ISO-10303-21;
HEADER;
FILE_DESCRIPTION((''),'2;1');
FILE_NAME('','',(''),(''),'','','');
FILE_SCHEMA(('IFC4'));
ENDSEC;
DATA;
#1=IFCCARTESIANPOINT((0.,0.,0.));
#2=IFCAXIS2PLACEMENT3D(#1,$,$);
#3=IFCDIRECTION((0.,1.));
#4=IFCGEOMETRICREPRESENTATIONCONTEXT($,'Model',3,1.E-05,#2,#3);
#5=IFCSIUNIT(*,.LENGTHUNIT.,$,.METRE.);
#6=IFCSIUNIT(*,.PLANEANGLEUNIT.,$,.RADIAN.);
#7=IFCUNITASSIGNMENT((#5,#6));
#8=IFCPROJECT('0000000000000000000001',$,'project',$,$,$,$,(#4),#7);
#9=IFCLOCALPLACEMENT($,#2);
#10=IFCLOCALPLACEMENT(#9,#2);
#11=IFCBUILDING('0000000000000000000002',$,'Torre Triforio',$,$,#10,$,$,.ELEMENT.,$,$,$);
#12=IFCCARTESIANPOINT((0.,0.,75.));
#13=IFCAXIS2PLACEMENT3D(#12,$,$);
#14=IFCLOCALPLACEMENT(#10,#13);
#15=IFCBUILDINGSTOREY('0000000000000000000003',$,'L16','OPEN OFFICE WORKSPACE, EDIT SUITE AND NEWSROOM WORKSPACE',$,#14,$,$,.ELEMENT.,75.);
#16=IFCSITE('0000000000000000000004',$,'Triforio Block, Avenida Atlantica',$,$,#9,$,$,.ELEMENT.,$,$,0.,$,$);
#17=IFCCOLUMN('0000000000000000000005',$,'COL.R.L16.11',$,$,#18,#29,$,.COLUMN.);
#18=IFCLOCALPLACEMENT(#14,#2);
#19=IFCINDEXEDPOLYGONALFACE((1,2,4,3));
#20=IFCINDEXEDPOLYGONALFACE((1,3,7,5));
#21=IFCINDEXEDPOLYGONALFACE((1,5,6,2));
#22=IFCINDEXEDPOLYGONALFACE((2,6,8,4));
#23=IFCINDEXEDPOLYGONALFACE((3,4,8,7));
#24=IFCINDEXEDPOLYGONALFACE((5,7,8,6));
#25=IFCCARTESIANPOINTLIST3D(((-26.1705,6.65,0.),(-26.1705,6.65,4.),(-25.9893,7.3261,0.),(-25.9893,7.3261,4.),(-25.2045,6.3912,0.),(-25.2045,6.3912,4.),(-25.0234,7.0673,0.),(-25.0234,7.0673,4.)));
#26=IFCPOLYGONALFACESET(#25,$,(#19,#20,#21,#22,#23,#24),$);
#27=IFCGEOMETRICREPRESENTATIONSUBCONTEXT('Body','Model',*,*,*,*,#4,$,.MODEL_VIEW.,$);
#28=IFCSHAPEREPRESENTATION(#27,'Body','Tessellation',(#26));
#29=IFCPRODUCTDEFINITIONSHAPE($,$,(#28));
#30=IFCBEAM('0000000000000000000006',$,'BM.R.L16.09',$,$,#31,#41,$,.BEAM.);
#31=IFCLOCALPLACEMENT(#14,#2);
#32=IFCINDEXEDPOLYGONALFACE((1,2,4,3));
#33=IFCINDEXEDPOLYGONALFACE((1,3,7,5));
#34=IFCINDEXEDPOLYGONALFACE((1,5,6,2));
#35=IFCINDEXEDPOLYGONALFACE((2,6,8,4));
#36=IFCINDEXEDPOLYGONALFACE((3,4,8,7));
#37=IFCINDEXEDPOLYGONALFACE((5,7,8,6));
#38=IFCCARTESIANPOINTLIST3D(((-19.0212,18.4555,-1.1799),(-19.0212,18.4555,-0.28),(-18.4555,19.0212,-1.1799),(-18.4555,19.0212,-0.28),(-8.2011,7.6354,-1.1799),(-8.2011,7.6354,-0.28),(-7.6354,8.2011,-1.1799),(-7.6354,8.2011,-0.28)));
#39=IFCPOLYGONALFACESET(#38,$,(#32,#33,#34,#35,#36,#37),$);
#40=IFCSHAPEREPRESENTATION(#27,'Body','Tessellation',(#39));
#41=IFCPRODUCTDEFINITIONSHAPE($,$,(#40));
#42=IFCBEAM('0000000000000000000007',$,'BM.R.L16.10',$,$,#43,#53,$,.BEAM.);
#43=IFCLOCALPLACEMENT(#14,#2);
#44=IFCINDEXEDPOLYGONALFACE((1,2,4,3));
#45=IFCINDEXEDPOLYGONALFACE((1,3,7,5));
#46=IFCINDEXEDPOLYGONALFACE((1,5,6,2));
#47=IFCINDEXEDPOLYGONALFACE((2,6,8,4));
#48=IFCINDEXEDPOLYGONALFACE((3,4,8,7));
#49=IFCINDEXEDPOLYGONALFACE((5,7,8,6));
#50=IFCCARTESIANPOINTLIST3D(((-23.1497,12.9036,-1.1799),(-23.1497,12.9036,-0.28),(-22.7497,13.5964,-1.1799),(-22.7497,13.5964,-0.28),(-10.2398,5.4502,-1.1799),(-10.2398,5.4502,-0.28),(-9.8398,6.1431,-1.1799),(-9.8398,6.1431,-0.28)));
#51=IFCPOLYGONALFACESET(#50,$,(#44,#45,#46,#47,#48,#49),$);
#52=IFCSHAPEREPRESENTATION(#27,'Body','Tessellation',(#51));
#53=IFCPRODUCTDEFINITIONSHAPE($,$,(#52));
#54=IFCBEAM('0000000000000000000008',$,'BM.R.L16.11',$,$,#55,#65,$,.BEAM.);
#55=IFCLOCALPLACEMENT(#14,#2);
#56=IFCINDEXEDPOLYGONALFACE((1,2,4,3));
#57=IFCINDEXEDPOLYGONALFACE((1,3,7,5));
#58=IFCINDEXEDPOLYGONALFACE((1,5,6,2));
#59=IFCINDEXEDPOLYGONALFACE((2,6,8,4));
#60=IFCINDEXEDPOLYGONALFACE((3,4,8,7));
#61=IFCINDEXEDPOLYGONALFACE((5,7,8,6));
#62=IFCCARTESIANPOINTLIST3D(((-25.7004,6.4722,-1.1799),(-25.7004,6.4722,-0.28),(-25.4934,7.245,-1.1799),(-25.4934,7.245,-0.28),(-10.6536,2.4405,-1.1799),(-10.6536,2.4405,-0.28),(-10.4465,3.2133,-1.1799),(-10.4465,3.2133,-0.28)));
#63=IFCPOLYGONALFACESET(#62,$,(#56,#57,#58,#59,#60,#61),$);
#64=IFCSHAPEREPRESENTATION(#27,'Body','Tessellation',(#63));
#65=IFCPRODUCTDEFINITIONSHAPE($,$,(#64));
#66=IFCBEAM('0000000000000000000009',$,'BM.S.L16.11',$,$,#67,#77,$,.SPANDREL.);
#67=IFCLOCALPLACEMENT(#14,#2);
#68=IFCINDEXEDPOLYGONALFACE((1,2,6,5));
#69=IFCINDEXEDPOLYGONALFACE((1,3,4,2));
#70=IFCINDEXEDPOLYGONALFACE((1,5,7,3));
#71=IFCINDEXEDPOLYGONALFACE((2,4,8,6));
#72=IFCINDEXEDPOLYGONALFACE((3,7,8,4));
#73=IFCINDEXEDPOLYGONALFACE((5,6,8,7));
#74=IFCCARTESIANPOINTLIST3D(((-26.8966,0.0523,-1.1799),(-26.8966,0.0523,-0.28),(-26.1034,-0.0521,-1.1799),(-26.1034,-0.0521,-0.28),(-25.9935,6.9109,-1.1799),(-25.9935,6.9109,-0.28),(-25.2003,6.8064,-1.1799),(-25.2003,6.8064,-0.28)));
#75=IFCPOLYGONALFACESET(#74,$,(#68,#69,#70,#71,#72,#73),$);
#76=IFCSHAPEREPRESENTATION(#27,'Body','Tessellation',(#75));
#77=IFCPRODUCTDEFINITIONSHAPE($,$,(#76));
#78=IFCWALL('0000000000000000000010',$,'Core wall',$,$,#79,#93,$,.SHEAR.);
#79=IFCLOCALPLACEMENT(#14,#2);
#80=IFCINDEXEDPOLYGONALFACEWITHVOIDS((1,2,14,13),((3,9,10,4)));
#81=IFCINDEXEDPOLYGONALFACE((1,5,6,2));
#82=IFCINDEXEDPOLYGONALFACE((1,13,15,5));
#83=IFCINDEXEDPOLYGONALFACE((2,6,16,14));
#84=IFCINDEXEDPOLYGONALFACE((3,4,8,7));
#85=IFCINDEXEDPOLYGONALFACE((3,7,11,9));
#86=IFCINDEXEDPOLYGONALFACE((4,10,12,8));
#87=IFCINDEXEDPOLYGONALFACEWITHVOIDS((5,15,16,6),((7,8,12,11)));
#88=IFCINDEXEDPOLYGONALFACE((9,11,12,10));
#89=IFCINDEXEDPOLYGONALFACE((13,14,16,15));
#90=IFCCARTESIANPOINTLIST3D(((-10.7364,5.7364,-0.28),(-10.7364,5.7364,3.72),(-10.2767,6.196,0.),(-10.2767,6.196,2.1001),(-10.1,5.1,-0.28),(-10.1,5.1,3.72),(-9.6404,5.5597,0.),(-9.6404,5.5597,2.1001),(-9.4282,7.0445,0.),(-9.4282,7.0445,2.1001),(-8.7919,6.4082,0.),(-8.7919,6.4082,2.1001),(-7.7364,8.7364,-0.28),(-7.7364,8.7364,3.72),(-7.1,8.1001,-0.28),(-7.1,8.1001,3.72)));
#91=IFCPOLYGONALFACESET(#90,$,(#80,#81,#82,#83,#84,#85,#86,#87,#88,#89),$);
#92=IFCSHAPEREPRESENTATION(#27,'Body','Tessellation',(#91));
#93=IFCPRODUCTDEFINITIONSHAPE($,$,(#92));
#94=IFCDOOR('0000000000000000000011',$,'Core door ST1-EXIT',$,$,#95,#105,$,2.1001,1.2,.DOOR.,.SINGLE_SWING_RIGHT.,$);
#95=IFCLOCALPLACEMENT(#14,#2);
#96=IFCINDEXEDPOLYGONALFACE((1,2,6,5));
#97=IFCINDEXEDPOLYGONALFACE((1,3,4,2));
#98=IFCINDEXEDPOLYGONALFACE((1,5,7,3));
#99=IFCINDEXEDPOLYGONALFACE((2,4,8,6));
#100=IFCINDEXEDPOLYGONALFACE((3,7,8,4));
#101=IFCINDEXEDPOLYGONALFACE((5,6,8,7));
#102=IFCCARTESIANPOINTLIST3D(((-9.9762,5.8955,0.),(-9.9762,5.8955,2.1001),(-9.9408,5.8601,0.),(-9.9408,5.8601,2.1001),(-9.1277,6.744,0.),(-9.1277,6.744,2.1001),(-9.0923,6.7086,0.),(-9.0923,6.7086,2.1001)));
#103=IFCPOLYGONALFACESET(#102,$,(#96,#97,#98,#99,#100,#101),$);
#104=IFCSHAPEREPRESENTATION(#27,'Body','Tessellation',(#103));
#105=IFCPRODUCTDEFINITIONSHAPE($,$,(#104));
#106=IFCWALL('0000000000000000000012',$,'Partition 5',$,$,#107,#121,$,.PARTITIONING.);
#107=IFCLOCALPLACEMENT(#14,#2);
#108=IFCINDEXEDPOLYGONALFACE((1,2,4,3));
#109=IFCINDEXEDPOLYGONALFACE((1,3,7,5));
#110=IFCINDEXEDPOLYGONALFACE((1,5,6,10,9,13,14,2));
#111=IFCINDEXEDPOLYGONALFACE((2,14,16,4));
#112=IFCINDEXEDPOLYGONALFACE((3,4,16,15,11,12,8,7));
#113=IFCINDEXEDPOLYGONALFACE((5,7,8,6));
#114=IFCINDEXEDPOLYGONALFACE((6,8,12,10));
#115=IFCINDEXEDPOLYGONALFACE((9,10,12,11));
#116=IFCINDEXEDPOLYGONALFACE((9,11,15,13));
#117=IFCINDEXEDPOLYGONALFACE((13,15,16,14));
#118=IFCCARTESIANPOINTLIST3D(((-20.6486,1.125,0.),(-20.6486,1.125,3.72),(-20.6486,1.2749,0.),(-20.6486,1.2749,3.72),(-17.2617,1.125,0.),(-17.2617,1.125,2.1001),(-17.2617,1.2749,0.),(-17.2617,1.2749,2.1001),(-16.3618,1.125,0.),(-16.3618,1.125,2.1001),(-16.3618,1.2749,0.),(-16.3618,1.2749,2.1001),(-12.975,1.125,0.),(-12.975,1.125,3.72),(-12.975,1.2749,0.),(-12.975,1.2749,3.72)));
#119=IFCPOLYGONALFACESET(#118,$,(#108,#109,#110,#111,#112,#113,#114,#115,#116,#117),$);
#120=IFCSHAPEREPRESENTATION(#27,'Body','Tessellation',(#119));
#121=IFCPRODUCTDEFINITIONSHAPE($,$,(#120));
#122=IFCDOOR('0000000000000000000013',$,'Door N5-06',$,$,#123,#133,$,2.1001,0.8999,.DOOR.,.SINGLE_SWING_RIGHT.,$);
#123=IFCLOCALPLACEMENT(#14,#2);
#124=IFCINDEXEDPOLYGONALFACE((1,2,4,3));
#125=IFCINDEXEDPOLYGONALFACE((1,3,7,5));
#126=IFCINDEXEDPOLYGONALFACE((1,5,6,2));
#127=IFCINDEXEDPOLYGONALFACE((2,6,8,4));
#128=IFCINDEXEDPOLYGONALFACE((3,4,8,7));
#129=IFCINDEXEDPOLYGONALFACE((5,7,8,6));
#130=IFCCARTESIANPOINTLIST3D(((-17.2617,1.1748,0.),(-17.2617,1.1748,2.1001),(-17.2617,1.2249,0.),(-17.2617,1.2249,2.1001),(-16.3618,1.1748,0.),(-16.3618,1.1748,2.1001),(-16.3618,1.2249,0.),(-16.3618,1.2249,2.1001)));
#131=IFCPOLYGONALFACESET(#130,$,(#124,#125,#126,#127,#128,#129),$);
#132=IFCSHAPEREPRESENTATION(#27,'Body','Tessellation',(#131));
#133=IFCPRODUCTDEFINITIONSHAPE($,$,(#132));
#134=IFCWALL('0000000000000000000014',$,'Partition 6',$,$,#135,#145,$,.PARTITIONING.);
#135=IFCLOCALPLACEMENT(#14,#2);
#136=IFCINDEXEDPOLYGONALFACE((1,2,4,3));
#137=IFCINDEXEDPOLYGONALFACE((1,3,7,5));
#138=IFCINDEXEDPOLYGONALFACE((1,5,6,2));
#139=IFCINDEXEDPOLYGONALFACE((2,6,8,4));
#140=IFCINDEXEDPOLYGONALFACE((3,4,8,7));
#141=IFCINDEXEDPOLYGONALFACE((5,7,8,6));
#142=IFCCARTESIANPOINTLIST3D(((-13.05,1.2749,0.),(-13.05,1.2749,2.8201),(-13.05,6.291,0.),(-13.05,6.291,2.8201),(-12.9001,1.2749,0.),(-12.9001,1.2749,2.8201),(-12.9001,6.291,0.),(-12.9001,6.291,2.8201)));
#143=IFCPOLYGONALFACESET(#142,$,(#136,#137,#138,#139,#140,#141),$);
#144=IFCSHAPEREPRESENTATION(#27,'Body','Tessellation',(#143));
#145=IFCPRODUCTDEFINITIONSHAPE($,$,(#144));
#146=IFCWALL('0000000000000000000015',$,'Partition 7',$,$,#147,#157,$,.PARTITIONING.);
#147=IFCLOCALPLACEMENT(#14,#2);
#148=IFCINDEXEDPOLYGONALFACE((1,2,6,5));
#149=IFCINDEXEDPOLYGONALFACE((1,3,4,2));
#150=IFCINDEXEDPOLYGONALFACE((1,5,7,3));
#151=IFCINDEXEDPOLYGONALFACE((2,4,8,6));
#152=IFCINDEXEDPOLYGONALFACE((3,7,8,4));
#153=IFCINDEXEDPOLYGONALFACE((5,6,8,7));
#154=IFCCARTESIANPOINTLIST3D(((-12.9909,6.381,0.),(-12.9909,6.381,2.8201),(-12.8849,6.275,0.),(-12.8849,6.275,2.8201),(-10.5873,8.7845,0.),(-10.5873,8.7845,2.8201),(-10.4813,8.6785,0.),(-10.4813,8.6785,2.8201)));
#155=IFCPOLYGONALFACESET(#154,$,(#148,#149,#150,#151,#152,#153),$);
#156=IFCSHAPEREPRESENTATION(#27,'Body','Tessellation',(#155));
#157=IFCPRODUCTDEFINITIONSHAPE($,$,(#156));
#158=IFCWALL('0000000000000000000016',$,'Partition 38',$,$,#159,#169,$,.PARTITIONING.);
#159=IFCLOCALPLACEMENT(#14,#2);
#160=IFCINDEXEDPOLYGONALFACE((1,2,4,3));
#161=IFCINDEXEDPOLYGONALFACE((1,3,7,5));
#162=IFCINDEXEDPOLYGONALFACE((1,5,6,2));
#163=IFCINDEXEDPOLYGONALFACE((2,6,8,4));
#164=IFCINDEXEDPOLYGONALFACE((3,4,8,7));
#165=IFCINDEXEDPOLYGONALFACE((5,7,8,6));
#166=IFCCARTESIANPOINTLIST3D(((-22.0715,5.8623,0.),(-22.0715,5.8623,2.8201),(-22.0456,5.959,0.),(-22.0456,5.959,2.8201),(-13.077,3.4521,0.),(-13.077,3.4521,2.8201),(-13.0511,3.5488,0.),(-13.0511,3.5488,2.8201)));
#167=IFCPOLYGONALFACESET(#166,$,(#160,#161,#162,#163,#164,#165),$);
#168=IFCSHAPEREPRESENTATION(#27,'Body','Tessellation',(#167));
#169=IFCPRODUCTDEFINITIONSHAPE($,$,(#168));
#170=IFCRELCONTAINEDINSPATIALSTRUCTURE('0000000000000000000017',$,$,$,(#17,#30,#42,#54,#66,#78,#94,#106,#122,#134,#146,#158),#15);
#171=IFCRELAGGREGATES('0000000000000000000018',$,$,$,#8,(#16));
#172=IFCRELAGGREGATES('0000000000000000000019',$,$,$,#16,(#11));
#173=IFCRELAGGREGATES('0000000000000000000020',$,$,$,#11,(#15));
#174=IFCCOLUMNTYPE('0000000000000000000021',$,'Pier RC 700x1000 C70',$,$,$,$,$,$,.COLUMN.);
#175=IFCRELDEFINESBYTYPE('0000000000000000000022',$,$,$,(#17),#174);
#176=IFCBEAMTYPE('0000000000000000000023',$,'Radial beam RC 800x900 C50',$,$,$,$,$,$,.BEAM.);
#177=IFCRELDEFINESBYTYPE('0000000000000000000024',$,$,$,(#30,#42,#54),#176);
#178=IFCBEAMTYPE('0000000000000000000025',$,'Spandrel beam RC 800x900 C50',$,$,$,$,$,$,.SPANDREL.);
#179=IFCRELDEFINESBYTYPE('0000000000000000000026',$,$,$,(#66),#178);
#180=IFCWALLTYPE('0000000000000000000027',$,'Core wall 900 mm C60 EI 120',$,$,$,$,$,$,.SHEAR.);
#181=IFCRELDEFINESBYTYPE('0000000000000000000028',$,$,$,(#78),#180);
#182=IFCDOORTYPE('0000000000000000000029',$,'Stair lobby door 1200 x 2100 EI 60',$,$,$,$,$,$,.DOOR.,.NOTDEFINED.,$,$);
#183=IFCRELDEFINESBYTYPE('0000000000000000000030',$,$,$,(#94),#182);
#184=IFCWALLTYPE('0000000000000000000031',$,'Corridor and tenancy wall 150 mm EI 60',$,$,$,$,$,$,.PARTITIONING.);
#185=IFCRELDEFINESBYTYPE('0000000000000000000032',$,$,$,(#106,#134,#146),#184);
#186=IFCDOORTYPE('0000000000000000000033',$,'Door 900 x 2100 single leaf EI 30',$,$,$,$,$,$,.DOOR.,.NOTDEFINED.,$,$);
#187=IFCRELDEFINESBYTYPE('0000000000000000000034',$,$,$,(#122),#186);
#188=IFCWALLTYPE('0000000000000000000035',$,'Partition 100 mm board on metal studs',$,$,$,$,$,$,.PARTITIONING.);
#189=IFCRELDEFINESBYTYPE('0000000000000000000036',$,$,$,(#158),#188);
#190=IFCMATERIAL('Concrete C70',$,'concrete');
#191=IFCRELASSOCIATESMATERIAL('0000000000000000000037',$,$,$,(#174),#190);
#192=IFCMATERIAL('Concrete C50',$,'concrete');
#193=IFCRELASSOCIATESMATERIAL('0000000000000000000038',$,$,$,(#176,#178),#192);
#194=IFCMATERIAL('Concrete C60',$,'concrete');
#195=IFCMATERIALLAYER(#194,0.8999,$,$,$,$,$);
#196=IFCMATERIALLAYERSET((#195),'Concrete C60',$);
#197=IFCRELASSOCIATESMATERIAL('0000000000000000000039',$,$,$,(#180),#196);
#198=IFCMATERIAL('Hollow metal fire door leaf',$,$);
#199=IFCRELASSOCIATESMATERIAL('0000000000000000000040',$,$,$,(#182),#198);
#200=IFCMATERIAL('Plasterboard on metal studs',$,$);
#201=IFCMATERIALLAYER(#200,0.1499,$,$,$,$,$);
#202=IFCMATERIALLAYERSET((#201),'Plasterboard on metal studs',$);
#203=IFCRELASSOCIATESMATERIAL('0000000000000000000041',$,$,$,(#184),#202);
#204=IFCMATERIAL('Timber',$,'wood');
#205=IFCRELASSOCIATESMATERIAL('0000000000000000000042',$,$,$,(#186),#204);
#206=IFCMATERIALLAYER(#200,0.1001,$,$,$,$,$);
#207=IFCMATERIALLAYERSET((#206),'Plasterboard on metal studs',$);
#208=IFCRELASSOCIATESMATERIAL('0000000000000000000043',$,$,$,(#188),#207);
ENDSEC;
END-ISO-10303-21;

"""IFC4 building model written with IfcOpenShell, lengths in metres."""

from ifc_helpers import new_model, si_unit, direction, frame, frame_2d, origin, origin_2d, place, context, subcontext, project, spatial, rectangle, extrude, material, layer, layer_set, material_profile, profile_set, type_object, element, fill, save


model = new_model("IFC4")

# Units and contexts
model_context = context("Model", 3, precision=1e-05, world=origin(), true_north=direction((0.0, 1.0)))
body_context = subcontext(model_context, "Body", "Model", "MODEL_VIEW")
ifc_project = project(units=[si_unit("LENGTHUNIT", "METRE"), si_unit("PLANEANGLEUNIT", "RADIAN")], contexts=[model_context])

# Site, building, storey
site_placement = place(None, origin())
site = spatial("IfcSite", under=ifc_project, at=site_placement, Name="Triforio Block, Avenida Atlantica", CompositionType="ELEMENT", RefElevation=0.0)
building_placement = place(site_placement, origin())
building = spatial("IfcBuilding", under=site, at=building_placement, Name="Torre Triforio", CompositionType="ELEMENT")
storey_placement = place(building_placement, frame((0.0, 0.0, 75.0)))
storey = spatial("IfcBuildingStorey", under=building, at=storey_placement, Name="L16", Description="OPEN OFFICE WORKSPACE, EDIT SUITE AND NEWSROOM WORKSPACE", CompositionType="ELEMENT", Elevation=75.0)

# Column
ifc_material_1 = material(Name="Concrete C70", Category="concrete")
ifc_material_profile_1 = material_profile(ifc_material_1, rectangle(XDim=0.7, YDim=1.0, at=origin_2d()), Name="RC 700x1000")
ifc_profile_set_1 = profile_set([ifc_material_profile_1], Name="Concrete C70")
column_type = type_object("IfcColumnType", Name="Pier RC 700x1000 C70", PredefinedType="COLUMN", material=ifc_profile_set_1)
column_placement = place(storey_placement, frame((-25.5969, 6.8586, 0.0), z_axis=(0.0, 0.0, 1.0), x_axis=(-0.258819, -0.965926, 0.0)))
element("IfcColumn", 1, at=column_placement, inside=storey, type_object=column_type, Name="COL.R.L16.11", PredefinedType="COLUMN", context=body_context, shape_type="SweptSolid", body=[
    extrude(rectangle(XDim=0.7, YDim=1.0, at=origin_2d()), origin(), (0.0, 0.0, 1.0), 4.0),
])

# Beams
ifc_material_2 = material(Name="Concrete C50", Category="concrete")
ifc_material_profile_2 = material_profile(ifc_material_2, rectangle(XDim=0.8, YDim=0.8999, at=origin_2d()), Name="RC 800x900")
ifc_profile_set_2 = profile_set([ifc_material_profile_2], Name="Concrete C50")
beam_type_1 = type_object("IfcBeamType", Name="Radial beam RC 800x900 C50", PredefinedType="BEAM", material=ifc_profile_set_2)
beam_1_placement = place(storey_placement, frame((-7.9182, 7.9182, -0.73), z_axis=(-0.707107, 0.707107, 0.0), x_axis=(-0.707107, -0.707107, 0.0)))
element("IfcBeam", 2, at=beam_1_placement, inside=storey, type_object=beam_type_1, Name="BM.R.L16.09", PredefinedType="BEAM", context=body_context, shape_type="SweptSolid", body=[
    extrude(rectangle(XDim=0.8, YDim=0.8999, at=origin_2d()), origin(), (0.0, 0.0, 1.0), 15.302),
])
beam_2_placement = place(storey_placement, frame((-10.0398, 5.7966, -0.73), z_axis=(-0.86603, 0.499991, 0.0), x_axis=(-0.499991, -0.86603, 0.0)))
element("IfcBeam", 3, at=beam_2_placement, inside=storey, type_object=beam_type_1, Name="BM.R.L16.10", PredefinedType="BEAM", context=body_context, shape_type="SweptSolid", body=[
    extrude(rectangle(XDim=0.8, YDim=0.8999, at=origin_2d()), origin(), (0.0, 0.0, 1.0), 14.907),
])
beam_3_placement = place(storey_placement, frame((-10.55, 2.8269, -0.73), z_axis=(-0.965927, 0.258815, 0.0), x_axis=(-0.258815, -0.965927, 0.0)))
element("IfcBeam", 4, at=beam_3_placement, inside=storey, type_object=beam_type_1, Name="BM.R.L16.11", PredefinedType="BEAM", context=body_context, shape_type="SweptSolid", body=[
    extrude(rectangle(XDim=0.8, YDim=0.8999, at=origin_2d()), origin(), (0.0, 0.0, 1.0), 15.5776),
])
ifc_material_profile_3 = material_profile(ifc_material_2, rectangle(XDim=0.8, YDim=0.8999, at=origin_2d()), Name="RC 800x900")
ifc_profile_set_3 = profile_set([ifc_material_profile_3], Name="Concrete C50")
beam_type_2 = type_object("IfcBeamType", Name="Spandrel beam RC 800x900 C50", PredefinedType="SPANDREL", material=ifc_profile_set_3)
beam_4_placement = place(storey_placement, frame((-25.5969, 6.8586, -0.73), z_axis=(-0.130543, -0.991443, 0.0), x_axis=(0.991443, -0.130543, 0.0)))
element("IfcBeam", 5, at=beam_4_placement, inside=storey, type_object=beam_type_2, Name="BM.S.L16.11", PredefinedType="SPANDREL", context=body_context, shape_type="SweptSolid", body=[
    extrude(rectangle(XDim=0.8, YDim=0.8999, at=origin_2d()), origin(), (0.0, 0.0, 1.0), 6.9177),
])

# Walls, openings, doors
ifc_material_3 = material(Name="Concrete C60", Category="concrete")
ifc_layer_1 = layer(ifc_material_3, 0.8999)
ifc_layer_set_1 = layer_set([ifc_layer_1], Name="Concrete C60")
wall_type_1 = type_object("IfcWallType", Name="Core wall 900 mm C60 EI 120", PredefinedType="SHEAR", material=ifc_layer_set_1)
wall_1_placement = place(storey_placement, frame((-10.4182, 5.4182, -0.28), z_axis=(0.0, 0.0, 1.0), x_axis=(0.707107, 0.707107, 0.0)))
wall_1 = element("IfcWall", 6, at=wall_1_placement, inside=storey, type_object=wall_type_1, Name="Core wall", PredefinedType="SHEAR", context=body_context, shape_type="SweptSolid", body=[
    extrude(rectangle(XDim=4.2427, YDim=0.8999, at=frame_2d((2.1213, 0.0))), origin(), (0.0, 0.0, 1.0), 4.0),
])
opening_1_placement = place(wall_1_placement, frame((0.6499, 0.0, 0.28)))
opening_1 = element("IfcOpeningElement", 7, at=opening_1_placement, cuts=wall_1, PredefinedType="OPENING", context=body_context, shape_type="SweptSolid", body=[
    extrude(rectangle(XDim=1.2, YDim=2.1001, at=frame_2d((0.6001, 1.05))), frame((0.0, 0.46, 0.0), z_axis=(0.0, -1.0, 0.0), x_axis=(1.0, 0.0, 0.0)), (0.0, 0.0, 1.0), 0.9199),
])
ifc_material_4 = material(Name="Hollow metal fire door leaf")
door_type_1 = type_object("IfcDoorType", Name="Stair lobby door 1200 x 2100 EI 60", OperationType="NOTDEFINED", PredefinedType="DOOR", material=ifc_material_4)
door_1_placement = place(opening_1_placement, origin())
door_1 = element("IfcDoor", 8, at=door_1_placement, inside=storey, type_object=door_type_1, Name="Core door ST1-EXIT", OperationType="SINGLE_SWING_RIGHT", OverallHeight=2.1001, OverallWidth=1.2, PredefinedType="DOOR", context=body_context, shape_type="SweptSolid", body=[
    extrude(rectangle(XDim=1.2, YDim=2.1001, at=frame_2d((0.6001, 1.05))), frame((0.0, 0.0249, 0.0), z_axis=(0.0, -1.0, 0.0), x_axis=(1.0, 0.0, 0.0)), (0.0, 0.0, 1.0), 0.05),
])
fill(opening_1, door_1)
ifc_material_5 = material(Name="Plasterboard on metal studs")
ifc_layer_2 = layer(ifc_material_5, 0.1499)
ifc_layer_set_2 = layer_set([ifc_layer_2], Name="Plasterboard on metal studs")
wall_type_2 = type_object("IfcWallType", Name="Corridor and tenancy wall 150 mm EI 60", PredefinedType="PARTITIONING", material=ifc_layer_set_2)
wall_2_placement = place(storey_placement, frame((-20.6487, 1.2, 0.0), z_axis=(0.0, 0.0, 1.0), x_axis=(1.0, 0.0, 0.0)))
wall_2 = element("IfcWall", 9, at=wall_2_placement, inside=storey, type_object=wall_type_2, Name="Partition 5", PredefinedType="PARTITIONING", context=body_context, shape_type="SweptSolid", body=[
    extrude(rectangle(XDim=7.6736, YDim=0.1499, at=frame_2d((3.8369, 0.0))), origin(), (0.0, 0.0, 1.0), 3.72),
])
opening_2_placement = place(wall_2_placement, frame((3.387, 0.0, 0.0)))
opening_2 = element("IfcOpeningElement", 10, at=opening_2_placement, cuts=wall_2, PredefinedType="OPENING", context=body_context, shape_type="SweptSolid", body=[
    extrude(rectangle(XDim=0.8999, YDim=2.1001, at=frame_2d((0.45, 1.05))), frame((0.0, 0.085, 0.0), z_axis=(0.0, -1.0, 0.0), x_axis=(1.0, 0.0, 0.0)), (0.0, 0.0, 1.0), 0.1699),
])
ifc_material_6 = material(Name="Timber", Category="wood")
door_type_2 = type_object("IfcDoorType", Name="Door 900 x 2100 single leaf EI 30", OperationType="NOTDEFINED", PredefinedType="DOOR", material=ifc_material_6)
door_2_placement = place(opening_2_placement, origin())
door_2 = element("IfcDoor", 11, at=door_2_placement, inside=storey, type_object=door_type_2, Name="Door N5-06", OperationType="SINGLE_SWING_RIGHT", OverallHeight=2.1001, OverallWidth=0.8999, PredefinedType="DOOR", context=body_context, shape_type="SweptSolid", body=[
    extrude(rectangle(XDim=0.8999, YDim=2.1001, at=frame_2d((0.45, 1.05))), frame((0.0, 0.0249, 0.0), z_axis=(0.0, -1.0, 0.0), x_axis=(1.0, 0.0, 0.0)), (0.0, 0.0, 1.0), 0.05),
])
fill(opening_2, door_2)

# Walls
wall_3_placement = place(storey_placement, frame((-12.9751, 1.2749, 0.0), z_axis=(0.0, 0.0, 1.0), x_axis=(0.0, 1.0, 0.0)))
element("IfcWall", 12, at=wall_3_placement, inside=storey, type_object=wall_type_2, Name="Partition 6", PredefinedType="PARTITIONING", context=body_context, shape_type="SweptSolid", body=[
    extrude(rectangle(XDim=5.0161, YDim=0.1499, at=frame_2d((2.5081, 0.0))), origin(), (0.0, 0.0, 1.0), 2.8201),
])
wall_4_placement = place(storey_placement, frame((-12.938, 6.3279, 0.0), z_axis=(0.0, 0.0, 1.0), x_axis=(0.707107, 0.707107, 0.0)))
element("IfcWall", 13, at=wall_4_placement, inside=storey, type_object=wall_type_2, Name="Partition 7", PredefinedType="PARTITIONING", context=body_context, shape_type="SweptSolid", body=[
    extrude(rectangle(XDim=3.3992, YDim=0.1499, at=frame_2d((1.6997, 0.0))), origin(), (0.0, 0.0, 1.0), 2.8201),
])
ifc_layer_3 = layer(ifc_material_5, 0.1001)
ifc_layer_set_3 = layer_set([ifc_layer_3], Name="Plasterboard on metal studs")
wall_type_3 = type_object("IfcWallType", Name="Partition 100 mm board on metal studs", PredefinedType="PARTITIONING", material=ifc_layer_set_3)
wall_5_placement = place(storey_placement, frame((-13.0642, 3.5005, 0.0), z_axis=(0.0, 0.0, 1.0), x_axis=(-0.965923, 0.258831, 0.0)))
element("IfcWall", 14, at=wall_5_placement, inside=storey, type_object=wall_type_3, Name="Partition 38", PredefinedType="PARTITIONING", context=body_context, shape_type="SweptSolid", body=[
    extrude(rectangle(XDim=9.3118, YDim=0.1001, at=frame_2d((4.6558, 0.0))), origin(), (0.0, 0.0, 1.0), 2.8201),
])

save(model, "model.ifc")
